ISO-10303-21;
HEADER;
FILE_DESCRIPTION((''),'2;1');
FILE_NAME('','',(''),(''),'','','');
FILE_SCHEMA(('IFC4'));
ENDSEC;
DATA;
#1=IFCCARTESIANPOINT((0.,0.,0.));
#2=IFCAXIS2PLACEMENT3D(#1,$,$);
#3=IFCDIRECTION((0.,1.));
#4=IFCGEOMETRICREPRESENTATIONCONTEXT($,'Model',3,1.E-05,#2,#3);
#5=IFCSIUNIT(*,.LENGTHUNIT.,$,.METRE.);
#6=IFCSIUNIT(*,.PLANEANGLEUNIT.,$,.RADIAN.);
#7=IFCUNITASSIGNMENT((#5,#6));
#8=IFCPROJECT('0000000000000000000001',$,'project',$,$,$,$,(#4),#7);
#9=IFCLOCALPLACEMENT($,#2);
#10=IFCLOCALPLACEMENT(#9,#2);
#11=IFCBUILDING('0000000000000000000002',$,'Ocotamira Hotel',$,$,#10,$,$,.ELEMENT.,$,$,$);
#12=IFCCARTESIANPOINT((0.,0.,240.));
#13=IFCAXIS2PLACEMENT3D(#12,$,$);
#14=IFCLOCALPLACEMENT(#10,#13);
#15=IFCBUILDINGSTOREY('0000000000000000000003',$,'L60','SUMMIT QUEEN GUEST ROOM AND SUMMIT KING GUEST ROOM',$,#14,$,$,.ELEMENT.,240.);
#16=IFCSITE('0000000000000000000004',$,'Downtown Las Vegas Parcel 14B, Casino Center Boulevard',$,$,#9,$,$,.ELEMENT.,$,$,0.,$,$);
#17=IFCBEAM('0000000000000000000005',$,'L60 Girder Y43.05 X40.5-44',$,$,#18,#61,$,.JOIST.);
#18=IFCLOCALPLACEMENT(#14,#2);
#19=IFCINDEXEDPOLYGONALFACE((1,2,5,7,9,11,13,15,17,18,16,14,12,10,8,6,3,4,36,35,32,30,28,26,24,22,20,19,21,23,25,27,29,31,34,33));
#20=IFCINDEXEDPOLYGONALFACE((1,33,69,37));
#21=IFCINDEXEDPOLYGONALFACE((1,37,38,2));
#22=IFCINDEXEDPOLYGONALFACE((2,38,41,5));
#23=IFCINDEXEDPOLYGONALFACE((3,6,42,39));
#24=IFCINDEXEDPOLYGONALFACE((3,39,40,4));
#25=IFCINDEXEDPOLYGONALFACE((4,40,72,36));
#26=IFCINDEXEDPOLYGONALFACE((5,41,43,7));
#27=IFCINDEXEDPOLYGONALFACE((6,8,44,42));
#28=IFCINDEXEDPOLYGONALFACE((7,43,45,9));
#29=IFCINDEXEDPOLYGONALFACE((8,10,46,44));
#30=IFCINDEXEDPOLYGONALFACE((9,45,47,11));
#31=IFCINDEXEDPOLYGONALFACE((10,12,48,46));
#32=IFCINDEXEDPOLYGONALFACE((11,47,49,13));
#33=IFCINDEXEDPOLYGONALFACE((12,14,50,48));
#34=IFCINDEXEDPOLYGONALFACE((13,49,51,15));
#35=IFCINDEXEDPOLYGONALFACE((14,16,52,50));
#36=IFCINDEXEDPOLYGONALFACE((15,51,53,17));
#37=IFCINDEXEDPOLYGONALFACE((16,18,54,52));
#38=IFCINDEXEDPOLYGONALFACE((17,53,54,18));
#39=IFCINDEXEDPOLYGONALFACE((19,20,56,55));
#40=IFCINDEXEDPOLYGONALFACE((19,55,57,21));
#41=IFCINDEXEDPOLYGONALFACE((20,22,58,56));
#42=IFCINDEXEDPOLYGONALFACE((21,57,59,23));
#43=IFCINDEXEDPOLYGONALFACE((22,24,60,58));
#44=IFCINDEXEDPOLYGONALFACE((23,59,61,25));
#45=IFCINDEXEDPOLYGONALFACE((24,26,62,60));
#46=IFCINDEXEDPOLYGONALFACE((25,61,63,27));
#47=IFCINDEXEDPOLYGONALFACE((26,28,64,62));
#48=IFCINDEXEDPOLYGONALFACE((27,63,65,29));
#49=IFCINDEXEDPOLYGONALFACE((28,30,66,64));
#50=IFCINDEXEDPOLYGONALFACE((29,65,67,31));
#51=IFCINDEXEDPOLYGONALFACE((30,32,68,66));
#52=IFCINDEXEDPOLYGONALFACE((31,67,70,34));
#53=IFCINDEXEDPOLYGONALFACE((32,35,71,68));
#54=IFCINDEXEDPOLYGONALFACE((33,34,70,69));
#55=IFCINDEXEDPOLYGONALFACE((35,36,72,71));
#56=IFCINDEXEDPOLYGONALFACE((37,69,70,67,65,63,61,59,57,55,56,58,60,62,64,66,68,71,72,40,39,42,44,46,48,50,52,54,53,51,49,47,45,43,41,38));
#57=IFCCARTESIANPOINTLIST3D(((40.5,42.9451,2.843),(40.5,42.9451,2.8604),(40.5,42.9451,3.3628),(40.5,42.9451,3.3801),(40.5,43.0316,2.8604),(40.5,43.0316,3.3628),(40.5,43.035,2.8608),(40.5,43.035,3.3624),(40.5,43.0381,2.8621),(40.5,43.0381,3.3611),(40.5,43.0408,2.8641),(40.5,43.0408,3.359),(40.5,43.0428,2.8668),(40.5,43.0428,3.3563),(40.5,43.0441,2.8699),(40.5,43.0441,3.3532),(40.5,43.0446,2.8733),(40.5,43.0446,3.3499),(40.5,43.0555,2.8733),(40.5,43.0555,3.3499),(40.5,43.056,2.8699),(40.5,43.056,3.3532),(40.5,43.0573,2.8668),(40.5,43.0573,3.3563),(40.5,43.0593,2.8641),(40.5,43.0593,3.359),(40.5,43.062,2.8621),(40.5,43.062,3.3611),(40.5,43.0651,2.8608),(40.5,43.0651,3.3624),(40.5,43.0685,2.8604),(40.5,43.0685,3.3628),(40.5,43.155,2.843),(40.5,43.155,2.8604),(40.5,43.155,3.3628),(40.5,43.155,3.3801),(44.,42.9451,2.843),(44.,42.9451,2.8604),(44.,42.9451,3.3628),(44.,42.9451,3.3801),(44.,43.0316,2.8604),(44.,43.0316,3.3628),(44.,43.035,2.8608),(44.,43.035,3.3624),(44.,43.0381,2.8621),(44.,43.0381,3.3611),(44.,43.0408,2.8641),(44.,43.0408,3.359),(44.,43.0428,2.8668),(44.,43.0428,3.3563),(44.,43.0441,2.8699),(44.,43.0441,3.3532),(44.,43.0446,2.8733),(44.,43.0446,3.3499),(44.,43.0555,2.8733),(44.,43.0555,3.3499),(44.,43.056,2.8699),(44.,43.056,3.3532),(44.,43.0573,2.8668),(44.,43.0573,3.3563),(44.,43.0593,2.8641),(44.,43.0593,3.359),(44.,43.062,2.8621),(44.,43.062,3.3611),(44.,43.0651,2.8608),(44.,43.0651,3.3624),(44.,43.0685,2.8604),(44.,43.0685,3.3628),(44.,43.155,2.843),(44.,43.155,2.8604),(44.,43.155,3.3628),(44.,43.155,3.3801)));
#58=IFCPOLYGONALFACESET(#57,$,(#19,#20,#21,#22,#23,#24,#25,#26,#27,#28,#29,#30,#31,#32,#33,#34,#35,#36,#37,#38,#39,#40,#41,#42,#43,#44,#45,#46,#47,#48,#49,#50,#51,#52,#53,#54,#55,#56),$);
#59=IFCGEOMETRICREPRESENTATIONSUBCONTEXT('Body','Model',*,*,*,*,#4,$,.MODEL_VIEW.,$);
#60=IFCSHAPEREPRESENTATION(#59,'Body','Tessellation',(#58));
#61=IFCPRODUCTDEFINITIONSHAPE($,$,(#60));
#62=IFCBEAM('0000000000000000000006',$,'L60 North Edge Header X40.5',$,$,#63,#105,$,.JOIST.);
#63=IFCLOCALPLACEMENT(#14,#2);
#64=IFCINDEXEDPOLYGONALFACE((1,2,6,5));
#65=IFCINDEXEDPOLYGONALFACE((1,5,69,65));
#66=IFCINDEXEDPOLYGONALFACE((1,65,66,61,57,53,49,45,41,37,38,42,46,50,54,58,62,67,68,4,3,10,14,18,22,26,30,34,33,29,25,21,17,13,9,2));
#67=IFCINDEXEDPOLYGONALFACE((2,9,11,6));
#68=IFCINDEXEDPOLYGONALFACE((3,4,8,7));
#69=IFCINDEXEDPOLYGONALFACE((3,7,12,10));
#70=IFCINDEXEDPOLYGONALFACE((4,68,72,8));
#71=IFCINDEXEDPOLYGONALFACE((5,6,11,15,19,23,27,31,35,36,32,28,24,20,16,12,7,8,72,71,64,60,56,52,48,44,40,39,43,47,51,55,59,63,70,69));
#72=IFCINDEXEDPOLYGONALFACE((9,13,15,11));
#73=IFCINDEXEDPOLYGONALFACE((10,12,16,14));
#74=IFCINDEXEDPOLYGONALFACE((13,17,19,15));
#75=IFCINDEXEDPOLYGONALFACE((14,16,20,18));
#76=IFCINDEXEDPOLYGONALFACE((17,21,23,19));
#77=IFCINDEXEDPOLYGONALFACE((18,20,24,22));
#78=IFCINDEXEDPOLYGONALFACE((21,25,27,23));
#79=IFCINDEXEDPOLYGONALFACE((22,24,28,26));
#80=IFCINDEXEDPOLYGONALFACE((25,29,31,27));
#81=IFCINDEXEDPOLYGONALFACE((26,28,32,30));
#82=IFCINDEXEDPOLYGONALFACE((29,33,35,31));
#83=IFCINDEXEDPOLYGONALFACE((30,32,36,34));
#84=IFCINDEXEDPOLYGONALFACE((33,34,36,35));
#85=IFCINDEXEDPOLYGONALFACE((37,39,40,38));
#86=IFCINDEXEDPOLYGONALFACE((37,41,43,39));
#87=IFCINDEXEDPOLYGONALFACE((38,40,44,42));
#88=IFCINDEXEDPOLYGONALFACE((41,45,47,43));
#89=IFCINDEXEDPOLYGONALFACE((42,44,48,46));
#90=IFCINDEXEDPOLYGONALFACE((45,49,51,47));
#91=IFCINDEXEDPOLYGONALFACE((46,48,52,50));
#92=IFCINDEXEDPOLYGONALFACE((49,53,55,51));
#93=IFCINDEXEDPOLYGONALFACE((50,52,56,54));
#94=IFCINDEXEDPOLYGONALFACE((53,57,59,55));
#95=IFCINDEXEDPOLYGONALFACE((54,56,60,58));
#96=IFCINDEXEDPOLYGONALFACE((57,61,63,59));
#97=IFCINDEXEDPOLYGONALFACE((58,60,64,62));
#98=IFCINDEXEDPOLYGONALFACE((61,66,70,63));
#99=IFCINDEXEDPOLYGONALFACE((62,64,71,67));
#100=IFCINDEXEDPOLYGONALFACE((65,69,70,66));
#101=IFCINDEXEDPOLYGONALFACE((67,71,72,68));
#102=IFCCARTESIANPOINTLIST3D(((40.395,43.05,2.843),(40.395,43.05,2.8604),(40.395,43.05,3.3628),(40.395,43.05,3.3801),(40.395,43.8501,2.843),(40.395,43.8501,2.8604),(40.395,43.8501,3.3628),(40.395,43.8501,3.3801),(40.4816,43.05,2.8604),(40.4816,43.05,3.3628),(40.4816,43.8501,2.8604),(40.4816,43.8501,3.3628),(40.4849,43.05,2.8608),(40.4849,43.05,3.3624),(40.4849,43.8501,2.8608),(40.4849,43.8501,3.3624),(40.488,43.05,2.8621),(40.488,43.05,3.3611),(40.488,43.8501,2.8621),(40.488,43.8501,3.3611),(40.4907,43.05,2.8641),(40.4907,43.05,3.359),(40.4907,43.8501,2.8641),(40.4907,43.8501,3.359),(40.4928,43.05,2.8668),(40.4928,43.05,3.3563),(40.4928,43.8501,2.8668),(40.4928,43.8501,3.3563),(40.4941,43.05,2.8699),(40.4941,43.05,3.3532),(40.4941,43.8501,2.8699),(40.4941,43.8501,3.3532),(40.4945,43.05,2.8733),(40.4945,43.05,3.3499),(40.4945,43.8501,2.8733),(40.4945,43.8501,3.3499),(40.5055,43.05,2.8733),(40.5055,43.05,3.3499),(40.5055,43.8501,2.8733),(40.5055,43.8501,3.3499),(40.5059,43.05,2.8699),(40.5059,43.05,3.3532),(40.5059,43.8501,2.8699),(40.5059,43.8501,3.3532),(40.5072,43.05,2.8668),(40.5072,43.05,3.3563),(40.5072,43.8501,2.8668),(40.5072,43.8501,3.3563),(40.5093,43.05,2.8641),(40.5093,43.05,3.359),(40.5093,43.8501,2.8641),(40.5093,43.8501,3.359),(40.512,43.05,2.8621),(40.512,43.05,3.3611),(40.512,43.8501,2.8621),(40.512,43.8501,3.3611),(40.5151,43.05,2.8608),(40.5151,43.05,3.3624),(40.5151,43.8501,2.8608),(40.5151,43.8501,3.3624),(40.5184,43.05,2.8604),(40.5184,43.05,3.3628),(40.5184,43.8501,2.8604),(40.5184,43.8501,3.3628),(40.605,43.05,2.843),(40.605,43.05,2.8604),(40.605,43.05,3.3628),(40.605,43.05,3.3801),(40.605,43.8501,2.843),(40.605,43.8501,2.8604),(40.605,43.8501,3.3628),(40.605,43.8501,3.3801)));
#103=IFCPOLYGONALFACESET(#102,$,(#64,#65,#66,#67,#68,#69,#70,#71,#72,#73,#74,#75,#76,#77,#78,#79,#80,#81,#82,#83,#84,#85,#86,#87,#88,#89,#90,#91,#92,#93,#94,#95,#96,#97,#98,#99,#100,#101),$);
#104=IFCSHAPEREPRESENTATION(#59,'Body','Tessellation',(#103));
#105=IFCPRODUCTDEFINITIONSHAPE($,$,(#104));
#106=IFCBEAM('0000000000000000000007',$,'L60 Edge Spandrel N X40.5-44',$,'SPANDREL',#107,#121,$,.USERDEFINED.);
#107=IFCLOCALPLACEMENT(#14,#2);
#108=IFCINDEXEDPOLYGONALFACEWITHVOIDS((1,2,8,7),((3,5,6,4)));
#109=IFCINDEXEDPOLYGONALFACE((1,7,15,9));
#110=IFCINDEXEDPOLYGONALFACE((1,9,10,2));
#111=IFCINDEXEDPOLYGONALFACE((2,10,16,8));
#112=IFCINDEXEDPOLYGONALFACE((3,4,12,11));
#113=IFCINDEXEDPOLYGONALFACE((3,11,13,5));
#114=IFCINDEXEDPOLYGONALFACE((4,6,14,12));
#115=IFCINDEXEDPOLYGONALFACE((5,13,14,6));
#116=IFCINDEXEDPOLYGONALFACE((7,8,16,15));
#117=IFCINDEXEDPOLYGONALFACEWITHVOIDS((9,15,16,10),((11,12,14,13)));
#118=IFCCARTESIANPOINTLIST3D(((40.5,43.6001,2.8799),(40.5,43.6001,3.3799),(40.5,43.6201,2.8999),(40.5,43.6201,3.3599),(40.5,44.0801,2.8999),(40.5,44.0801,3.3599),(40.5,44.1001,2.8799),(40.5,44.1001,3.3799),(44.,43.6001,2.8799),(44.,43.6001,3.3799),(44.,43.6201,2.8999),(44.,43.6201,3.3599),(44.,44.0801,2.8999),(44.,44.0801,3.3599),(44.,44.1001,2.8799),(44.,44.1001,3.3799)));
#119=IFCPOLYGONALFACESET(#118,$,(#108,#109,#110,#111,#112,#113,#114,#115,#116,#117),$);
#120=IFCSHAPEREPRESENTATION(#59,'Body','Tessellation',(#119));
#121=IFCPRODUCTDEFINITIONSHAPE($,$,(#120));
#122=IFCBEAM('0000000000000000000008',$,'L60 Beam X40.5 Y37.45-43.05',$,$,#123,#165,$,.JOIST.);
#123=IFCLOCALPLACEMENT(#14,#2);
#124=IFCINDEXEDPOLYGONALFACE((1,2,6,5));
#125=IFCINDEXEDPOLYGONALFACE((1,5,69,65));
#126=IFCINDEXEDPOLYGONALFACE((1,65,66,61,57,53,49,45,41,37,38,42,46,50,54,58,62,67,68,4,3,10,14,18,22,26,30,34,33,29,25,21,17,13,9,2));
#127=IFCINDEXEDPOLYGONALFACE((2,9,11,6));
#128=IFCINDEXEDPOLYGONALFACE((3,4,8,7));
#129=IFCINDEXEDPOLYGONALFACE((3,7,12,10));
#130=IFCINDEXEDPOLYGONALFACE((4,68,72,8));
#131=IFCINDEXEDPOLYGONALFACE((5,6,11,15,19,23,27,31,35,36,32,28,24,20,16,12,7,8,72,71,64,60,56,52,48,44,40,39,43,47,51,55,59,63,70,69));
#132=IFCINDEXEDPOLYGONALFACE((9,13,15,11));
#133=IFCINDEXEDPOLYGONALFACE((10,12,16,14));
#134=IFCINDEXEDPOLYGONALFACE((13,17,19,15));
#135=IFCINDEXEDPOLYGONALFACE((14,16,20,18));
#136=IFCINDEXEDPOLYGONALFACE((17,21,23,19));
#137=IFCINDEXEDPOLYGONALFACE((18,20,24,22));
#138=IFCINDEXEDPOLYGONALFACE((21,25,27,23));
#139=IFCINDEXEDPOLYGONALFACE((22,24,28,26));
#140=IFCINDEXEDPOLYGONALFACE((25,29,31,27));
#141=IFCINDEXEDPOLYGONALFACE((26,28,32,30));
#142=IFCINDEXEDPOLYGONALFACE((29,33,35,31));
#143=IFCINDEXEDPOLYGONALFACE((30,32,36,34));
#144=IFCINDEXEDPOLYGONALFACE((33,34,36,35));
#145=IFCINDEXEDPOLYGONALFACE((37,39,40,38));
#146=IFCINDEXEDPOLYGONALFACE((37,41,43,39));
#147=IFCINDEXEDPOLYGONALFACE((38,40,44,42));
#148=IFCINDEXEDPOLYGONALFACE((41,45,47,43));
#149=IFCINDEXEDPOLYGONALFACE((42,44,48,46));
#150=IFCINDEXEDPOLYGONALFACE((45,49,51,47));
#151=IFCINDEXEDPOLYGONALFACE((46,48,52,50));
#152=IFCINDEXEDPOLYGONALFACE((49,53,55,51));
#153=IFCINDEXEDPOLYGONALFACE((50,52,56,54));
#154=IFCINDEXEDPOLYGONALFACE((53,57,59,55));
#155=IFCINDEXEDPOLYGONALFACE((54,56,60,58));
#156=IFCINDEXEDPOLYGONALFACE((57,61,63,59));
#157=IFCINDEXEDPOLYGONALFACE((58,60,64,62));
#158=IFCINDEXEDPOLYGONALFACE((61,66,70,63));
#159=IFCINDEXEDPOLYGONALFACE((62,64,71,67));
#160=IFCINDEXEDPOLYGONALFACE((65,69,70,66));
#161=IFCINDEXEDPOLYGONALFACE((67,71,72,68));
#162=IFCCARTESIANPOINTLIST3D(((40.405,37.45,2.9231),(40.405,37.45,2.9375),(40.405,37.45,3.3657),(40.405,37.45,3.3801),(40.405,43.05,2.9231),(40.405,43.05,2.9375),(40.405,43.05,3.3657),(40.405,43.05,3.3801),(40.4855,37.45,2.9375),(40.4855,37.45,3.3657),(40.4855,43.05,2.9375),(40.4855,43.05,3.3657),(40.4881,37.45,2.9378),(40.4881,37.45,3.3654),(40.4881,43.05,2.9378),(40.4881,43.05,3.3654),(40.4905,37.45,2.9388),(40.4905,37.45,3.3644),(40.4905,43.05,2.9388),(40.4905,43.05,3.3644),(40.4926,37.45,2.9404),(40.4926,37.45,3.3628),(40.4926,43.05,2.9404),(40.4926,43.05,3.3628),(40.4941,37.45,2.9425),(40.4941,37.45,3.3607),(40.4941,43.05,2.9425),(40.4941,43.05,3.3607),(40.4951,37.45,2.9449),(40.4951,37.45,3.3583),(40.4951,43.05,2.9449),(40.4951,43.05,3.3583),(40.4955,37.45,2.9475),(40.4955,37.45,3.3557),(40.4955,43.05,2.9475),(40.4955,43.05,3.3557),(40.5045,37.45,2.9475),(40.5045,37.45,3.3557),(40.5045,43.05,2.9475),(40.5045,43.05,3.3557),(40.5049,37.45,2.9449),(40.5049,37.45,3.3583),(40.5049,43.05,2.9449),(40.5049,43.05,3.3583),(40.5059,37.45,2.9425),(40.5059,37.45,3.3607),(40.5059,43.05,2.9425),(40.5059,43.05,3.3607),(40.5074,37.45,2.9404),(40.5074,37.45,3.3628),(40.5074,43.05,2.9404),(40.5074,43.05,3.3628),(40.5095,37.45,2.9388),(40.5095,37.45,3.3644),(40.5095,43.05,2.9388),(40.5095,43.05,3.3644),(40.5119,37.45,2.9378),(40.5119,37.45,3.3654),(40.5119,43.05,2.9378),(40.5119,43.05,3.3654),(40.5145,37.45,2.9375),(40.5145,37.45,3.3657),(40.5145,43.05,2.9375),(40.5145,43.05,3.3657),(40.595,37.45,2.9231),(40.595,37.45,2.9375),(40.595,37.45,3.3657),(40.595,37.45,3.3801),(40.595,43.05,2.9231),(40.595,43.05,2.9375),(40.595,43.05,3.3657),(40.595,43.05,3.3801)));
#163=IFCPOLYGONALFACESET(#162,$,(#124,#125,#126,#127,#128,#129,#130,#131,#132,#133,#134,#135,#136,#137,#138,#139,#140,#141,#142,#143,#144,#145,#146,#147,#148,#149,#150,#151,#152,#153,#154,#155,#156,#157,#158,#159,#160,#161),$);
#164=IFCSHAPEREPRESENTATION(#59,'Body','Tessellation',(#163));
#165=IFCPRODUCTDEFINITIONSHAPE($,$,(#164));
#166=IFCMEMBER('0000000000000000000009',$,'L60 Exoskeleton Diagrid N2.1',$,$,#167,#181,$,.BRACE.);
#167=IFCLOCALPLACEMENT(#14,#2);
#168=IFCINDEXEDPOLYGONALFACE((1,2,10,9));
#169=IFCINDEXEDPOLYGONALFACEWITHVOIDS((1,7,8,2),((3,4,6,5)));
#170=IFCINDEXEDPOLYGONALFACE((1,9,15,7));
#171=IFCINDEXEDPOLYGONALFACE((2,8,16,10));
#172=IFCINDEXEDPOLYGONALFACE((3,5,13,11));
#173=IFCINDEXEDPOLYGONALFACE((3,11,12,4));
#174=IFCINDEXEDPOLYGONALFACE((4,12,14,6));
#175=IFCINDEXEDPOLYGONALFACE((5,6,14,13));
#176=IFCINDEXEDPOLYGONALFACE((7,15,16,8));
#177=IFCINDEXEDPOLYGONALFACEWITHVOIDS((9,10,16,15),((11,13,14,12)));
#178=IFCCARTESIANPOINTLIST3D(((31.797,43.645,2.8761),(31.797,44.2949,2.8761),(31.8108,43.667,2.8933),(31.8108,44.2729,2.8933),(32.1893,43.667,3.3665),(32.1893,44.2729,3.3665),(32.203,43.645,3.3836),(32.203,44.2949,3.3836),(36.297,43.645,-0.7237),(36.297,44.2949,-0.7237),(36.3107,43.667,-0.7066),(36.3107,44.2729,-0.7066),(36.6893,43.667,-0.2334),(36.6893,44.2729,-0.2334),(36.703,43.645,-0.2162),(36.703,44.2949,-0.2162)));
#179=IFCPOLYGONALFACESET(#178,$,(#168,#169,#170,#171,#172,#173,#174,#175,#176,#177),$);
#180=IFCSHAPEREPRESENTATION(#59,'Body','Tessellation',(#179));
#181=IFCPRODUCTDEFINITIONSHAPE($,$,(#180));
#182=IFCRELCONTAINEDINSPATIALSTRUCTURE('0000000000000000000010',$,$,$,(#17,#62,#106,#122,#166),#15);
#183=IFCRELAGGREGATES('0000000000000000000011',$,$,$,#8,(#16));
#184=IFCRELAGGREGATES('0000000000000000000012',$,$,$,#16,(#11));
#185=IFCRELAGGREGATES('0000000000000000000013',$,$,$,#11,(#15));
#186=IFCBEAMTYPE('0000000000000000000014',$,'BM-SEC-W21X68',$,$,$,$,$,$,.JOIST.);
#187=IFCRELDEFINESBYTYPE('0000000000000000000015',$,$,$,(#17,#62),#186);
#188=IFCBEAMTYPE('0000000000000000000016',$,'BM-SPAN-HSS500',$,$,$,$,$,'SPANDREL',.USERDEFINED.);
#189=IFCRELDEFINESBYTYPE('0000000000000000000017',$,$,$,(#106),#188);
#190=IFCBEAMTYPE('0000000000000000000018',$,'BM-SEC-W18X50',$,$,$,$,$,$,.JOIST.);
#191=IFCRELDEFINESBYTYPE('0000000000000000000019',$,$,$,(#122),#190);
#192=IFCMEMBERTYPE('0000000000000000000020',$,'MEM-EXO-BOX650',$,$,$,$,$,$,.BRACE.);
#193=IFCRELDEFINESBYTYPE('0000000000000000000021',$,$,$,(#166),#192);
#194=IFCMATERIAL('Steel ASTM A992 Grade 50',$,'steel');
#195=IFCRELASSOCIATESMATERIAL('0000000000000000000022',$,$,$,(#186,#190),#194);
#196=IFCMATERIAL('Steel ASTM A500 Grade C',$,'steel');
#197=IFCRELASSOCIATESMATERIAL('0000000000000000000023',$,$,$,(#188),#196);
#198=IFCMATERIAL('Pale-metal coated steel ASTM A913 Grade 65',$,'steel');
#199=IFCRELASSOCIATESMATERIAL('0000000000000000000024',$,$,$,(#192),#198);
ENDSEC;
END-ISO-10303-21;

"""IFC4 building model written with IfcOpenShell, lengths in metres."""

from ifc_helpers import new_model, si_unit, direction, frame, origin, origin_2d, place, context, subcontext, project, spatial, hollow_rectangle, i_section, extrude, source, transform, mapped, material, material_profile, profile_set, type_object, element, save


model = new_model("IFC4")

# Units and contexts
model_context = context("Model", 3, precision=1e-05, world=origin(), true_north=direction((0.0, 1.0)))
body_context = subcontext(model_context, "Body", "Model", "MODEL_VIEW")
ifc_project = project(units=[si_unit("LENGTHUNIT", "METRE"), si_unit("PLANEANGLEUNIT", "RADIAN")], contexts=[model_context])

# Site, building, storey
site_placement = place(None, origin())
site = spatial("IfcSite", under=ifc_project, at=site_placement, Name="Downtown Las Vegas Parcel 14B, Casino Center Boulevard", CompositionType="ELEMENT", RefElevation=0.0)
building_placement = place(site_placement, origin())
building = spatial("IfcBuilding", under=site, at=building_placement, Name="Ocotamira Hotel", CompositionType="ELEMENT")
storey_placement = place(building_placement, frame((0.0, 0.0, 240.0)))
storey = spatial("IfcBuildingStorey", under=building, at=storey_placement, Name="L60", Description="SUMMIT QUEEN GUEST ROOM AND SUMMIT KING GUEST ROOM", CompositionType="ELEMENT", Elevation=240.0)

# Shared definitions
ifc_material_1 = material(Name="Steel ASTM A992 Grade 50", Category="steel")

# Beams
ifc_material_profile_1 = material_profile(ifc_material_1, i_section(OverallWidth=0.21, OverallDepth=0.5371, WebThickness=0.011, FlangeThickness=0.0173, FilletRadius=0.0129, at=origin_2d()), Name="W21X68")
ifc_profile_set_1 = profile_set([ifc_material_profile_1], Name="Steel ASTM A992 Grade 50")
beam_type_1 = type_object("IfcBeamType", Name="BM-SEC-W21X68", PredefinedType="JOIST", material=ifc_profile_set_1)
shared_shape_1 = source(origin(), body_context, "Body", "SweptSolid", [
    extrude(i_section(OverallWidth=0.21, OverallDepth=0.5371, WebThickness=0.011, FlangeThickness=0.0173, FilletRadius=0.0129, at=origin_2d()), origin(), (0.0, 0.0, 1.0), 3.5),
])
beam_1_placement = place(storey_placement, frame((40.5, 43.05, 3.1116), z_axis=(1.0, 0.0, 0.0), x_axis=(0.0, 1.0, 0.0)))
element("IfcBeam", 1, at=beam_1_placement, inside=storey, type_object=beam_type_1, Name="L60 Girder Y43.05 X40.5-44", PredefinedType="JOIST", context=body_context, shape_type="MappedRepresentation", body=[
    mapped(shared_shape_1, transform((0.0, 0.0, 0.0), scale=1.0)),
])
shared_shape_2 = source(origin(), body_context, "Body", "SweptSolid", [
    extrude(i_section(OverallWidth=0.21, OverallDepth=0.5371, WebThickness=0.011, FlangeThickness=0.0173, FilletRadius=0.0129, at=origin_2d()), origin(), (0.0, 0.0, 1.0), 0.8),
])
beam_2_placement = place(storey_placement, frame((40.5, 43.05, 3.1116), z_axis=(0.0, 1.0, 0.0), x_axis=(-1.0, 0.0, 0.0)))
element("IfcBeam", 2, at=beam_2_placement, inside=storey, type_object=beam_type_1, Name="L60 North Edge Header X40.5", PredefinedType="JOIST", context=body_context, shape_type="MappedRepresentation", body=[
    mapped(shared_shape_2, transform((0.0, 0.0, 0.0), scale=1.0)),
])
ifc_material_2 = material(Name="Steel ASTM A500 Grade C", Category="steel")
ifc_material_profile_2 = material_profile(ifc_material_2, hollow_rectangle(XDim=0.5, YDim=0.5, WallThickness=0.02, at=origin_2d()), Name="HSS500X500X20")
ifc_profile_set_2 = profile_set([ifc_material_profile_2], Name="Steel ASTM A500 Grade C")
beam_type_2 = type_object("IfcBeamType", Name="BM-SPAN-HSS500", ElementType="SPANDREL", PredefinedType="USERDEFINED", material=ifc_profile_set_2)
shared_shape_3 = source(origin(), body_context, "Body", "SweptSolid", [
    extrude(hollow_rectangle(XDim=0.5, YDim=0.5, WallThickness=0.02, at=origin_2d()), origin(), (0.0, 0.0, 1.0), 3.5),
])
beam_3_placement = place(storey_placement, frame((40.5, 43.8501, 3.1299), z_axis=(1.0, 0.0, 0.0), x_axis=(0.0, 1.0, 0.0)))
element("IfcBeam", 3, at=beam_3_placement, inside=storey, type_object=beam_type_2, Name="L60 Edge Spandrel N X40.5-44", ObjectType="SPANDREL", PredefinedType="USERDEFINED", context=body_context, shape_type="MappedRepresentation", body=[
    mapped(shared_shape_3, transform((0.0, 0.0, 0.0), scale=1.0)),
])
ifc_material_profile_3 = material_profile(ifc_material_1, i_section(OverallWidth=0.1899, OverallDepth=0.457, WebThickness=0.009, FlangeThickness=0.0144, FilletRadius=0.01, at=origin_2d()), Name="W18X50")
ifc_profile_set_3 = profile_set([ifc_material_profile_3], Name="Steel ASTM A992 Grade 50")
beam_type_3 = type_object("IfcBeamType", Name="BM-SEC-W18X50", PredefinedType="JOIST", material=ifc_profile_set_3)
shared_shape_4 = source(origin(), body_context, "Body", "SweptSolid", [
    extrude(i_section(OverallWidth=0.1899, OverallDepth=0.457, WebThickness=0.009, FlangeThickness=0.0144, FilletRadius=0.01, at=origin_2d()), origin(), (0.0, 0.0, 1.0), 5.6001),
])
beam_4_placement = place(storey_placement, frame((40.5, 37.45, 3.1516), z_axis=(0.0, 1.0, 0.0), x_axis=(-1.0, 0.0, 0.0)))
element("IfcBeam", 4, at=beam_4_placement, inside=storey, type_object=beam_type_3, Name="L60 Beam X40.5 Y37.45-43.05", PredefinedType="JOIST", context=body_context, shape_type="MappedRepresentation", body=[
    mapped(shared_shape_4, transform((0.0, 0.0, 0.0), scale=1.0)),
])

# Member
ifc_material_3 = material(Name="Pale-metal coated steel ASTM A913 Grade 65", Category="steel")
ifc_material_profile_4 = material_profile(ifc_material_3, hollow_rectangle(XDim=0.6499, YDim=0.6499, WallThickness=0.022, at=origin_2d()), Name="BOX650X650X22")
ifc_profile_set_4 = profile_set([ifc_material_profile_4], Name="Pale-metal coated steel ASTM A913 Grade 65")
member_type_1 = type_object("IfcMemberType", Name="MEM-EXO-BOX650", PredefinedType="BRACE", material=ifc_profile_set_4)
shared_shape_5 = source(origin(), body_context, "Body", "SweptSolid", [
    extrude(hollow_rectangle(XDim=0.6499, YDim=0.6499, WallThickness=0.022, at=origin_2d()), origin(), (0.0, 0.0, 1.0), 5.7627),
])
for number, where, z_axis, x_axis, name in (
    (5, (36.5, 43.97, -0.47), (-0.780881, 0.0, 0.62468), (0.0, -1.0, 0.0), "L60 Exoskeleton Diagrid N2.1"),
):
    element("IfcMember", number, at=place(storey_placement, frame(where, z_axis=z_axis, x_axis=x_axis)), inside=storey, type_object=member_type_1, Name=name, PredefinedType="BRACE", context=body_context, shape_type="MappedRepresentation", body=[
        mapped(shared_shape_5, transform((0.0, 0.0, 0.0), scale=1.0)),
    ])

save(model, "model.ifc")
